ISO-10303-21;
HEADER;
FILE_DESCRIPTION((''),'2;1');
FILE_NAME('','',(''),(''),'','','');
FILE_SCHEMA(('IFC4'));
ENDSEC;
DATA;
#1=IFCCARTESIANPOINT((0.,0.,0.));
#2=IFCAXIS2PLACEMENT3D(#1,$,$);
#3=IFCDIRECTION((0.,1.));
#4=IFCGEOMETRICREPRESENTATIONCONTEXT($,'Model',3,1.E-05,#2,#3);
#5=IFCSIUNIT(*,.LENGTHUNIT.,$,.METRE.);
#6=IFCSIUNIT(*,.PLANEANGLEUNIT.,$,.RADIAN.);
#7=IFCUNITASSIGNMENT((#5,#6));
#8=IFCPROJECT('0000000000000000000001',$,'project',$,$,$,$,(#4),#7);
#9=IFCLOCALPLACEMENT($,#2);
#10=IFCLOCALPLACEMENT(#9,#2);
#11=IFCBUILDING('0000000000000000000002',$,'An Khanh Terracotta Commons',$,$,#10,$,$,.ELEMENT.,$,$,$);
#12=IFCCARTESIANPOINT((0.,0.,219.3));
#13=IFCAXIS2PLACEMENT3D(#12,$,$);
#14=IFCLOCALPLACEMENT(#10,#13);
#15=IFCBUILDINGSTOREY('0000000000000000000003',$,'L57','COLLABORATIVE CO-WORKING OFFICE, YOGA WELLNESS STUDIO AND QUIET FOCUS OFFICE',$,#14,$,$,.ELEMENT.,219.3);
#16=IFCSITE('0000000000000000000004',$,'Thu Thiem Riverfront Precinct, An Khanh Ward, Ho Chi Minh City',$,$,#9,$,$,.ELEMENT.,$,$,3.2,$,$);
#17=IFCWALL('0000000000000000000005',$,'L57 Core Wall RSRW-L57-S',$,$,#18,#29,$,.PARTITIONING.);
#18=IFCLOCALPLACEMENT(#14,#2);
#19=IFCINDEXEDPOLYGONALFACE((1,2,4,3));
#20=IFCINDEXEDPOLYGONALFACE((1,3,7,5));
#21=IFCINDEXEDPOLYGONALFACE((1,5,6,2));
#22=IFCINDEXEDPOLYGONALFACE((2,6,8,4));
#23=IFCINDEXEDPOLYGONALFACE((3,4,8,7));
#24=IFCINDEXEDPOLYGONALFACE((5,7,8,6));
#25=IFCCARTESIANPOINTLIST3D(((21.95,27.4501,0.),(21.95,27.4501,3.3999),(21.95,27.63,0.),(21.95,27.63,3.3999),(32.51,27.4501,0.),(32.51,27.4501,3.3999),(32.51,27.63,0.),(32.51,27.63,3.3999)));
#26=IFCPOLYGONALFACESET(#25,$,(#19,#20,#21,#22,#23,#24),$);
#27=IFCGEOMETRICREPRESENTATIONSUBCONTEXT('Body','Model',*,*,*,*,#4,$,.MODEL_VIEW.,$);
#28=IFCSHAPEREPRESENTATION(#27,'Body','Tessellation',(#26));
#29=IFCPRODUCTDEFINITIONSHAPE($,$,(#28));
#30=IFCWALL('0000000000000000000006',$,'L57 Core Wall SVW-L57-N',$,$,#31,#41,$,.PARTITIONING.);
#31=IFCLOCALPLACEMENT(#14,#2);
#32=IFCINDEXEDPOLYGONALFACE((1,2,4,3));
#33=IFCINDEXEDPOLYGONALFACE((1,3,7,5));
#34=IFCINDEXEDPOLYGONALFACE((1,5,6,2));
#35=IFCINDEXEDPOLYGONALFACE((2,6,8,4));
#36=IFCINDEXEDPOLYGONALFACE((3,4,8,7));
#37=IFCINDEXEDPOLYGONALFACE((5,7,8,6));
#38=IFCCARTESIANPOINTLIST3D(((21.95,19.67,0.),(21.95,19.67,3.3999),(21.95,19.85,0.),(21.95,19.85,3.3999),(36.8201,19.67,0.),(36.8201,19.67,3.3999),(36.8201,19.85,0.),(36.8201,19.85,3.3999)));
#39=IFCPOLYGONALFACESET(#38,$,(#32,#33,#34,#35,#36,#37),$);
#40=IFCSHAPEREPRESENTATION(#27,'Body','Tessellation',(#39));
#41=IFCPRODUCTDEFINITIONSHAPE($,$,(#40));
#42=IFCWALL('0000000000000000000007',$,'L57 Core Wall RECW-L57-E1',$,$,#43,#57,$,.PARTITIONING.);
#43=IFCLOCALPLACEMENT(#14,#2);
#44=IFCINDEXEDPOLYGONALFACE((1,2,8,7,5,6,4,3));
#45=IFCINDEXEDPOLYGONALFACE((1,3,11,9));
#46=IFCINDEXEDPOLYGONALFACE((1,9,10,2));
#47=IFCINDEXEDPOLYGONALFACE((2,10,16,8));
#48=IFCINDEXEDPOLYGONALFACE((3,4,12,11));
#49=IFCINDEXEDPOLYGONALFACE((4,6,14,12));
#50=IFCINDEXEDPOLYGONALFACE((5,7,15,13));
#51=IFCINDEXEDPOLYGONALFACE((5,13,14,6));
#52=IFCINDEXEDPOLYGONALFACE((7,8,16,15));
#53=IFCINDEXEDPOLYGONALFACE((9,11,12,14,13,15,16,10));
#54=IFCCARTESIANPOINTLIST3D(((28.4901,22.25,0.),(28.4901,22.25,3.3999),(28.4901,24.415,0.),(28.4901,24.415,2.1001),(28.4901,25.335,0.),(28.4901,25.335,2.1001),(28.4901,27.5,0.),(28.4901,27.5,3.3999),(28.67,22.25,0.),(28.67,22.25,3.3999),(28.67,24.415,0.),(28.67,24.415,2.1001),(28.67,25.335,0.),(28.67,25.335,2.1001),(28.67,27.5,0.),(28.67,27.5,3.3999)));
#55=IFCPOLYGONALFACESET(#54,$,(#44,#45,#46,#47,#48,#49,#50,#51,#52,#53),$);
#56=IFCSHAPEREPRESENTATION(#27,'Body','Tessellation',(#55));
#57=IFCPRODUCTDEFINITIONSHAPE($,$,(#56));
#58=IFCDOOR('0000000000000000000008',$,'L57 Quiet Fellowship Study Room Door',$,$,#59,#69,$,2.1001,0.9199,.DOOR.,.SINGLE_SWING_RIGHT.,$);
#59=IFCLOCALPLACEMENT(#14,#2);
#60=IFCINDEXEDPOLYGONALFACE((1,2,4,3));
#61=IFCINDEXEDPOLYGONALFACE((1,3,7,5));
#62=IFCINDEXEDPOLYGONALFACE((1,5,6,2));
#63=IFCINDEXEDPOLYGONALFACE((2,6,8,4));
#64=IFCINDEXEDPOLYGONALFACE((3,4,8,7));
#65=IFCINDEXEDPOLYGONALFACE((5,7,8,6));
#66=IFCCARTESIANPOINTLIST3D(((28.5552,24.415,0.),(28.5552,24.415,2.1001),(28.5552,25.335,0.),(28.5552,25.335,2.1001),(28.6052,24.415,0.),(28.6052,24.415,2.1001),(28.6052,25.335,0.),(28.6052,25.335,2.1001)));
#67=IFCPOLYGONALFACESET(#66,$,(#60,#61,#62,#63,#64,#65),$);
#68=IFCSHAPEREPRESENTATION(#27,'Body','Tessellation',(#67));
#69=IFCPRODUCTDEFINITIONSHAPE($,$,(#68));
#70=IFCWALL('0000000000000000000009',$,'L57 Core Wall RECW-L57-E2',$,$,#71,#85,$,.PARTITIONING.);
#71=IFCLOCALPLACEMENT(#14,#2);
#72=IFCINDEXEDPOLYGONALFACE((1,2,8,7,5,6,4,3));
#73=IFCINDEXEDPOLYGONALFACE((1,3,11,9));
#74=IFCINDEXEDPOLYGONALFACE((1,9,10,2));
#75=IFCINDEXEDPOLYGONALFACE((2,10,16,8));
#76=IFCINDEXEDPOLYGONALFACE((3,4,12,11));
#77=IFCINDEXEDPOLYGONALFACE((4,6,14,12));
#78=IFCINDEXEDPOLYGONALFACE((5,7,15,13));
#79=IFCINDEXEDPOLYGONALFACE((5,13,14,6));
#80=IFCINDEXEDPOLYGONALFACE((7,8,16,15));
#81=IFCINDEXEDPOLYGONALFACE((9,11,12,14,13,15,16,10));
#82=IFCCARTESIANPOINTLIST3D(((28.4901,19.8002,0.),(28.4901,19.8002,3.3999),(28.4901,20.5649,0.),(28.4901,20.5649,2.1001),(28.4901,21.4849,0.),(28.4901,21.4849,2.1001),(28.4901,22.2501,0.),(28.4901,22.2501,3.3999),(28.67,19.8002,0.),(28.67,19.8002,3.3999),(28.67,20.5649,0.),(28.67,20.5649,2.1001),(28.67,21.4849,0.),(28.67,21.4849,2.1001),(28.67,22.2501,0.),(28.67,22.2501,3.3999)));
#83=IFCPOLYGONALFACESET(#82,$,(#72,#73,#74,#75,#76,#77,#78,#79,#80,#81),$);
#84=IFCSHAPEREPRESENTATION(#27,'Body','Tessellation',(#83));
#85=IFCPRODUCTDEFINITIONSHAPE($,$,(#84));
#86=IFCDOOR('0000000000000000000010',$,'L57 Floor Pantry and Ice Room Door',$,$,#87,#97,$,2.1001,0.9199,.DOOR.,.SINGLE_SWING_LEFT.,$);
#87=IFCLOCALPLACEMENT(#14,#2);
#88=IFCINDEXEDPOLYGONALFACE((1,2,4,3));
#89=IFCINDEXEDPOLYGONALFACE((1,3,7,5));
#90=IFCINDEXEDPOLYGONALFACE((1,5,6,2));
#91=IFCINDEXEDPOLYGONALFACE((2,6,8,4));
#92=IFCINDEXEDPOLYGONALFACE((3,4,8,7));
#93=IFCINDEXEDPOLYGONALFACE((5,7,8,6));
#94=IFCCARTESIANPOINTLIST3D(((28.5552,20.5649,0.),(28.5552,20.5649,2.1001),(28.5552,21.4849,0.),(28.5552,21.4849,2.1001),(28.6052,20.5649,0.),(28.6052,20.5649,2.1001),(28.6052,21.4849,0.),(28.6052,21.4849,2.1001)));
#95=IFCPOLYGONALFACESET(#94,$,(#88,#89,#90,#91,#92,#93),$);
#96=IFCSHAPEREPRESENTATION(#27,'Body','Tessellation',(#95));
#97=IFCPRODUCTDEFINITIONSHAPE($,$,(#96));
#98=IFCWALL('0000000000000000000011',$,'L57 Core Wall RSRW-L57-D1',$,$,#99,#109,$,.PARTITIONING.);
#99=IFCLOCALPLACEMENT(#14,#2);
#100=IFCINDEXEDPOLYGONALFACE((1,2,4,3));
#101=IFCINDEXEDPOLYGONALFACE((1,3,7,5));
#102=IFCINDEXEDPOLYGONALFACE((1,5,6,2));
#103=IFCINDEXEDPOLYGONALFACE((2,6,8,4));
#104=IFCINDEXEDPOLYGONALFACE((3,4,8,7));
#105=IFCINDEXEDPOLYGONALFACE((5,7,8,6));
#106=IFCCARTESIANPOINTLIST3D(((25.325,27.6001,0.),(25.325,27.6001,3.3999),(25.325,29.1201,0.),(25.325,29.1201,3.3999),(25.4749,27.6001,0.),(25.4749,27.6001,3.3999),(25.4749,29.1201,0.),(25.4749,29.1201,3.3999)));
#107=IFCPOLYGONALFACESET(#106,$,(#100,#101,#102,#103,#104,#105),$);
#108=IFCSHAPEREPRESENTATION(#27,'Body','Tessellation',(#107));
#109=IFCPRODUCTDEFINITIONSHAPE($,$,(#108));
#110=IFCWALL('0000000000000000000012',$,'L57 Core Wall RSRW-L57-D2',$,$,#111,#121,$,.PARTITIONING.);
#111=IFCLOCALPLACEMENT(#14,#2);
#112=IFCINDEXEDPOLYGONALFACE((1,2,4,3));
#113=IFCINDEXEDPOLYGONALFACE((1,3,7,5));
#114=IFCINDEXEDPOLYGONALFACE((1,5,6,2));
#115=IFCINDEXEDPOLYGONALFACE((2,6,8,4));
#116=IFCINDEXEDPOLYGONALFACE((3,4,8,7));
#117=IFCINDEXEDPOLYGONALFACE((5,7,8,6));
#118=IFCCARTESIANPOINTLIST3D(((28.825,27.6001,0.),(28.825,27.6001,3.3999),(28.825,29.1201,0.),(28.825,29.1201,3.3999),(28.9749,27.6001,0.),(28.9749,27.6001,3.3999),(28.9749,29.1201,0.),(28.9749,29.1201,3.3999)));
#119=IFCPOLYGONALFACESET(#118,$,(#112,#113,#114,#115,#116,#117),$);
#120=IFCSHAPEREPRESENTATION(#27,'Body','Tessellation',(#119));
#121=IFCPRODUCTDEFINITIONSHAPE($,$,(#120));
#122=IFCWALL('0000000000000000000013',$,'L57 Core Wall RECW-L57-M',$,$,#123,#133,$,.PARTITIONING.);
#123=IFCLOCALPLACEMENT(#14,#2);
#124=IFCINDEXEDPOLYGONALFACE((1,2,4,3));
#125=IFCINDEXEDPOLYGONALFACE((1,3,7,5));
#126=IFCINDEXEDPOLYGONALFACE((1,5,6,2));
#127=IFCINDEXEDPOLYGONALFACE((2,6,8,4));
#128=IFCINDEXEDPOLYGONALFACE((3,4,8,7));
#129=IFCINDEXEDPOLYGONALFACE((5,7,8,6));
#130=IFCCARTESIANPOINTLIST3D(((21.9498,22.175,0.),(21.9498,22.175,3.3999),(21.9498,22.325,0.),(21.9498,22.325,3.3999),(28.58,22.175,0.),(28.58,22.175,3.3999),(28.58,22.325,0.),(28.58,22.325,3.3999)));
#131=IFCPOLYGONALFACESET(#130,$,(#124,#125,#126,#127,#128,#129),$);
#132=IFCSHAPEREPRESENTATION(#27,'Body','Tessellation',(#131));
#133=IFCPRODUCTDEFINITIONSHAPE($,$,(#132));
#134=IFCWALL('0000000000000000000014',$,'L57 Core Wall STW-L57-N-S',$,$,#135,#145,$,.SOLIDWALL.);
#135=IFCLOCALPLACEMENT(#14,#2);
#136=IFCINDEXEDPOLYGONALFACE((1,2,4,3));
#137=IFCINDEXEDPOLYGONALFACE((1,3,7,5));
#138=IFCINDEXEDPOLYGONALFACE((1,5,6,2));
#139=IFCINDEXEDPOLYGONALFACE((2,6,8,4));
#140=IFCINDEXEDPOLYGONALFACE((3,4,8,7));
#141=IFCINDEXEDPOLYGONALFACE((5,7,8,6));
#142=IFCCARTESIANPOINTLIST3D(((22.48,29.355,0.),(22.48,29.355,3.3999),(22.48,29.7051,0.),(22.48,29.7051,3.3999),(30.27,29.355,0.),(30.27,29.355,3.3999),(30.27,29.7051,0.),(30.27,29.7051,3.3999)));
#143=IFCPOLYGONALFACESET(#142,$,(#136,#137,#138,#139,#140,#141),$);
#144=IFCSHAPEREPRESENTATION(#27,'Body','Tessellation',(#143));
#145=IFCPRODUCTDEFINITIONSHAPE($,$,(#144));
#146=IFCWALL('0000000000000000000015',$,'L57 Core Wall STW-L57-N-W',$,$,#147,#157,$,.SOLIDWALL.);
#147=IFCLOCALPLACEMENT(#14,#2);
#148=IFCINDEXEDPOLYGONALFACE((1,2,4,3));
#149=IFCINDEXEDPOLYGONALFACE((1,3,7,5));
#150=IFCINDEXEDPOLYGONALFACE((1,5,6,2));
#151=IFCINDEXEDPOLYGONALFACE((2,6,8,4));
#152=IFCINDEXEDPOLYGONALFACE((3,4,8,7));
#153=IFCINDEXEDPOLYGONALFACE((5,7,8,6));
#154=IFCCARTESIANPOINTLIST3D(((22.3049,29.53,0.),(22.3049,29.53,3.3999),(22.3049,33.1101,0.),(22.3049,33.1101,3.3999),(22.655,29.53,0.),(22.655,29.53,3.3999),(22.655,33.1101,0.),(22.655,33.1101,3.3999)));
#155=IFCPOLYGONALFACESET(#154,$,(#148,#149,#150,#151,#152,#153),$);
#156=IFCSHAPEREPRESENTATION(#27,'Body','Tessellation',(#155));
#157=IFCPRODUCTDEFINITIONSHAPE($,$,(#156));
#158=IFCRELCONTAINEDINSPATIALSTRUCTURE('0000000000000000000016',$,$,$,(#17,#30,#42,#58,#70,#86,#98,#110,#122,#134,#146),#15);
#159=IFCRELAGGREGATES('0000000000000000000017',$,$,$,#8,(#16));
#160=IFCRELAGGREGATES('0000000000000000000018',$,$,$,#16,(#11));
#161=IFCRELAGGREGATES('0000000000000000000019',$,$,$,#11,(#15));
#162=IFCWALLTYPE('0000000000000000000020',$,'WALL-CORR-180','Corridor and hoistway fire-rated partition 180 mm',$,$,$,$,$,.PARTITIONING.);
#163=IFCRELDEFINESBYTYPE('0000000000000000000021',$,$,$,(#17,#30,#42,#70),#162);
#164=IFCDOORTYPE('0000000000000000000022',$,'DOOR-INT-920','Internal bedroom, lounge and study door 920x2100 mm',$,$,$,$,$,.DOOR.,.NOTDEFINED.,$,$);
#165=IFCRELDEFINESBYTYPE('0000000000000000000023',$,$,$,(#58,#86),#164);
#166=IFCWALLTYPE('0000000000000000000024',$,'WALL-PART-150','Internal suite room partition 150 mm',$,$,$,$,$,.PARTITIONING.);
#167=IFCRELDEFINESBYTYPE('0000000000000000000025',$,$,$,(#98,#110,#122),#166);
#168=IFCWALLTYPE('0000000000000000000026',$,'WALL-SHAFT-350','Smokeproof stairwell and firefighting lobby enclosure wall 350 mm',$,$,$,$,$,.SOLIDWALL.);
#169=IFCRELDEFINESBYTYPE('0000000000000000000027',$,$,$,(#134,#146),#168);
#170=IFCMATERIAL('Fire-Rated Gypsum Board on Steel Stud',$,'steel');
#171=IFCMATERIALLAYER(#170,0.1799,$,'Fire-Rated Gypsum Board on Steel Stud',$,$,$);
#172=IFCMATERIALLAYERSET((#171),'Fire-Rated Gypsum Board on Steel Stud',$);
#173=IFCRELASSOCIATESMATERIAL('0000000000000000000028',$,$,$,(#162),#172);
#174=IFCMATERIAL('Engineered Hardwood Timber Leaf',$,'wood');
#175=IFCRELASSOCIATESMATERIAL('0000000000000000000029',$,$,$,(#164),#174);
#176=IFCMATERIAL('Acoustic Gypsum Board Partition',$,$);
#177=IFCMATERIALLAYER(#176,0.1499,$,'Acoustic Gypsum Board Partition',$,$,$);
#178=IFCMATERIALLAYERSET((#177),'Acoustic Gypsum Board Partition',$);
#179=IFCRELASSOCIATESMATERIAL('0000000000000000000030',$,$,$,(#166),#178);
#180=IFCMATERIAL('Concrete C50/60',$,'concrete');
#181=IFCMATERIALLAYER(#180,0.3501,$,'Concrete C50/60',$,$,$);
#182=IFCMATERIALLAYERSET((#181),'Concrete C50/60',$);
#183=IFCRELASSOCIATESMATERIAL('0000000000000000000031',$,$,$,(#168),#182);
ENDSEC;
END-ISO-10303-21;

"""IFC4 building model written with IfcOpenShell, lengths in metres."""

from ifc_helpers import new_model, si_unit, direction, frame, frame_2d, origin, place, context, subcontext, project, spatial, rectangle, extrude, material, layer, layer_set, type_object, element, fill, save


model = new_model("IFC4")

# Units and contexts
model_context = context("Model", 3, precision=1e-05, world=origin(), true_north=direction((0.0, 1.0)))
body_context = subcontext(model_context, "Body", "Model", "MODEL_VIEW")
ifc_project = project(units=[si_unit("LENGTHUNIT", "METRE"), si_unit("PLANEANGLEUNIT", "RADIAN")], contexts=[model_context])

# Site, building, storey
site_placement = place(None, origin())
site = spatial("IfcSite", under=ifc_project, at=site_placement, Name="Thu Thiem Riverfront Precinct, An Khanh Ward, Ho Chi Minh City", CompositionType="ELEMENT", RefElevation=3.2)
building_placement = place(site_placement, origin())
building = spatial("IfcBuilding", under=site, at=building_placement, Name="An Khanh Terracotta Commons", CompositionType="ELEMENT")
storey_placement = place(building_placement, frame((0.0, 0.0, 219.3)))
storey = spatial("IfcBuildingStorey", under=building, at=storey_placement, Name="L57", Description="COLLABORATIVE CO-WORKING OFFICE, YOGA WELLNESS STUDIO AND QUIET FOCUS OFFICE", CompositionType="ELEMENT", Elevation=219.3)

# Walls
ifc_material_1 = material(Name="Fire-Rated Gypsum Board on Steel Stud", Category="steel")
ifc_layer_1 = layer(ifc_material_1, 0.1799, Name="Fire-Rated Gypsum Board on Steel Stud")
ifc_layer_set_1 = layer_set([ifc_layer_1], Name="Fire-Rated Gypsum Board on Steel Stud")
wall_type_1 = type_object("IfcWallType", Name="WALL-CORR-180", Description="Corridor and hoistway fire-rated partition 180 mm", PredefinedType="PARTITIONING", material=ifc_layer_set_1)
wall_1_placement = place(storey_placement, frame((21.95, 27.54, 0.0), z_axis=(0.0, 0.0, 1.0), x_axis=(1.0, 0.0, 0.0)))
element("IfcWall", 1, at=wall_1_placement, inside=storey, type_object=wall_type_1, Name="L57 Core Wall RSRW-L57-S", PredefinedType="PARTITIONING", context=body_context, shape_type="SweptSolid", body=[
    extrude(rectangle(XDim=10.5601, YDim=0.1799, at=frame_2d((5.28, 0.0))), origin(), (0.0, 0.0, 1.0), 3.3999),
])
wall_2_placement = place(storey_placement, frame((21.95, 19.76, 0.0), z_axis=(0.0, 0.0, 1.0), x_axis=(1.0, 0.0, 0.0)))
element("IfcWall", 2, at=wall_2_placement, inside=storey, type_object=wall_type_1, Name="L57 Core Wall SVW-L57-N", PredefinedType="PARTITIONING", context=body_context, shape_type="SweptSolid", body=[
    extrude(rectangle(XDim=14.8701, YDim=0.1799, at=frame_2d((7.4351, 0.0))), origin(), (0.0, 0.0, 1.0), 3.3999),
])

# Walls, openings, doors
wall_3_placement = place(storey_placement, frame((28.5801, 22.25, 0.0), z_axis=(0.0, 0.0, 1.0), x_axis=(0.0, 1.0, 0.0)))
wall_3 = element("IfcWall", 3, at=wall_3_placement, inside=storey, type_object=wall_type_1, Name="L57 Core Wall RECW-L57-E1", PredefinedType="PARTITIONING", context=body_context, shape_type="SweptSolid", body=[
    extrude(rectangle(XDim=5.25, YDim=0.1799, at=frame_2d((2.625, 0.0))), origin(), (0.0, 0.0, 1.0), 3.3999),
])
opening_1_placement = place(wall_3_placement, frame((2.165, 0.0, 0.0)))
opening_1 = element("IfcOpeningElement", 4, at=opening_1_placement, cuts=wall_3, PredefinedType="OPENING", context=body_context, shape_type="SweptSolid", body=[
    extrude(rectangle(XDim=0.9199, YDim=2.1001, at=frame_2d((0.46, 1.05))), frame((0.0, 0.0999, 0.0), z_axis=(0.0, -1.0, 0.0), x_axis=(1.0, 0.0, 0.0)), (0.0, 0.0, 1.0), 0.2),
])
ifc_material_2 = material(Name="Engineered Hardwood Timber Leaf", Category="wood")
door_type = type_object("IfcDoorType", Name="DOOR-INT-920", Description="Internal bedroom, lounge and study door 920x2100 mm", OperationType="NOTDEFINED", PredefinedType="DOOR", material=ifc_material_2)
door_1_placement = place(opening_1_placement, origin())
door_1 = element("IfcDoor", 5, at=door_1_placement, inside=storey, type_object=door_type, Name="L57 Quiet Fellowship Study Room Door", OperationType="SINGLE_SWING_RIGHT", OverallHeight=2.1001, OverallWidth=0.9199, PredefinedType="DOOR", context=body_context, shape_type="SweptSolid", body=[
    extrude(rectangle(XDim=0.9199, YDim=2.1001, at=frame_2d((0.46, 1.05))), frame((0.0, 0.0249, 0.0), z_axis=(0.0, -1.0, 0.0), x_axis=(1.0, 0.0, 0.0)), (0.0, 0.0, 1.0), 0.05),
])
fill(opening_1, door_1)
wall_4_placement = place(storey_placement, frame((28.5801, 19.8, 0.0), z_axis=(0.0, 0.0, 1.0), x_axis=(0.0, 1.0, 0.0)))
wall_4 = element("IfcWall", 6, at=wall_4_placement, inside=storey, type_object=wall_type_1, Name="L57 Core Wall RECW-L57-E2", PredefinedType="PARTITIONING", context=body_context, shape_type="SweptSolid", body=[
    extrude(rectangle(XDim=2.45, YDim=0.1799, at=frame_2d((1.2251, 0.0))), origin(), (0.0, 0.0, 1.0), 3.3999),
])
opening_2_placement = place(wall_4_placement, frame((0.7649, 0.0, 0.0)))
opening_2 = element("IfcOpeningElement", 7, at=opening_2_placement, cuts=wall_4, PredefinedType="OPENING", context=body_context, shape_type="SweptSolid", body=[
    extrude(rectangle(XDim=0.9199, YDim=2.1001, at=frame_2d((0.46, 1.05))), frame((0.0, 0.0999, 0.0), z_axis=(0.0, -1.0, 0.0), x_axis=(1.0, 0.0, 0.0)), (0.0, 0.0, 1.0), 0.2),
])
door_2_placement = place(opening_2_placement, origin())
door_2 = element("IfcDoor", 8, at=door_2_placement, inside=storey, type_object=door_type, Name="L57 Floor Pantry and Ice Room Door", OperationType="SINGLE_SWING_LEFT", OverallHeight=2.1001, OverallWidth=0.9199, PredefinedType="DOOR", context=body_context, shape_type="SweptSolid", body=[
    extrude(rectangle(XDim=0.9199, YDim=2.1001, at=frame_2d((0.46, 1.05))), frame((0.0, 0.0249, 0.0), z_axis=(0.0, -1.0, 0.0), x_axis=(1.0, 0.0, 0.0)), (0.0, 0.0, 1.0), 0.05),
])
fill(opening_2, door_2)

# Walls
ifc_material_3 = material(Name="Acoustic Gypsum Board Partition")
ifc_layer_2 = layer(ifc_material_3, 0.1499, Name="Acoustic Gypsum Board Partition")
ifc_layer_set_2 = layer_set([ifc_layer_2], Name="Acoustic Gypsum Board Partition")
wall_type_2 = type_object("IfcWallType", Name="WALL-PART-150", Description="Internal suite room partition 150 mm", PredefinedType="PARTITIONING", material=ifc_layer_set_2)
for number, where, z_axis, x_axis, name in (
    (9, (25.3999, 27.6001, 0.0), (0.0, 0.0, 1.0), (0.0, 1.0, 0.0), "L57 Core Wall RSRW-L57-D1"),
    (10, (28.8999, 27.6001, 0.0), (0.0, 0.0, 1.0), (0.0, 1.0, 0.0), "L57 Core Wall RSRW-L57-D2"),
):
    element("IfcWall", number, at=place(storey_placement, frame(where, z_axis=z_axis, x_axis=x_axis)), inside=storey, type_object=wall_type_2, Name=name, PredefinedType="PARTITIONING", context=body_context, shape_type="SweptSolid", body=[
        extrude(rectangle(XDim=1.52, YDim=0.1499, at=frame_2d((0.76, 0.0))), origin(), (0.0, 0.0, 1.0), 3.3999),
    ])
wall_5_placement = place(storey_placement, frame((21.95, 22.25, 0.0), z_axis=(0.0, 0.0, 1.0), x_axis=(1.0, 0.0, 0.0)))
element("IfcWall", 11, at=wall_5_placement, inside=storey, type_object=wall_type_2, Name="L57 Core Wall RECW-L57-M", PredefinedType="PARTITIONING", context=body_context, shape_type="SweptSolid", body=[
    extrude(rectangle(XDim=6.6301, YDim=0.1499, at=frame_2d((3.3149, 0.0))), origin(), (0.0, 0.0, 1.0), 3.3999),
])
ifc_material_4 = material(Name="Concrete C50/60", Category="concrete")
ifc_layer_3 = layer(ifc_material_4, 0.3501, Name="Concrete C50/60")
ifc_layer_set_3 = layer_set([ifc_layer_3], Name="Concrete C50/60")
wall_type_3 = type_object("IfcWallType", Name="WALL-SHAFT-350", Description="Smokeproof stairwell and firefighting lobby enclosure wall 350 mm", PredefinedType="SOLIDWALL", material=ifc_layer_set_3)
wall_6_placement = place(storey_placement, frame((22.48, 29.53, 0.0), z_axis=(0.0, 0.0, 1.0), x_axis=(1.0, 0.0, 0.0)))
element("IfcWall", 12, at=wall_6_placement, inside=storey, type_object=wall_type_3, Name="L57 Core Wall STW-L57-N-S", PredefinedType="SOLIDWALL", context=body_context, shape_type="SweptSolid", body=[
    extrude(rectangle(XDim=7.79, YDim=0.3501, at=frame_2d((3.895, 0.0))), origin(), (0.0, 0.0, 1.0), 3.3999),
])
wall_7_placement = place(storey_placement, frame((22.48, 29.53, 0.0), z_axis=(0.0, 0.0, 1.0), x_axis=(0.0, 1.0, 0.0)))
element("IfcWall", 13, at=wall_7_placement, inside=storey, type_object=wall_type_3, Name="L57 Core Wall STW-L57-N-W", PredefinedType="SOLIDWALL", context=body_context, shape_type="SweptSolid", body=[
    extrude(rectangle(XDim=3.5801, YDim=0.3501, at=frame_2d((1.79, 0.0))), origin(), (0.0, 0.0, 1.0), 3.3999),
])

save(model, "model.ifc")
